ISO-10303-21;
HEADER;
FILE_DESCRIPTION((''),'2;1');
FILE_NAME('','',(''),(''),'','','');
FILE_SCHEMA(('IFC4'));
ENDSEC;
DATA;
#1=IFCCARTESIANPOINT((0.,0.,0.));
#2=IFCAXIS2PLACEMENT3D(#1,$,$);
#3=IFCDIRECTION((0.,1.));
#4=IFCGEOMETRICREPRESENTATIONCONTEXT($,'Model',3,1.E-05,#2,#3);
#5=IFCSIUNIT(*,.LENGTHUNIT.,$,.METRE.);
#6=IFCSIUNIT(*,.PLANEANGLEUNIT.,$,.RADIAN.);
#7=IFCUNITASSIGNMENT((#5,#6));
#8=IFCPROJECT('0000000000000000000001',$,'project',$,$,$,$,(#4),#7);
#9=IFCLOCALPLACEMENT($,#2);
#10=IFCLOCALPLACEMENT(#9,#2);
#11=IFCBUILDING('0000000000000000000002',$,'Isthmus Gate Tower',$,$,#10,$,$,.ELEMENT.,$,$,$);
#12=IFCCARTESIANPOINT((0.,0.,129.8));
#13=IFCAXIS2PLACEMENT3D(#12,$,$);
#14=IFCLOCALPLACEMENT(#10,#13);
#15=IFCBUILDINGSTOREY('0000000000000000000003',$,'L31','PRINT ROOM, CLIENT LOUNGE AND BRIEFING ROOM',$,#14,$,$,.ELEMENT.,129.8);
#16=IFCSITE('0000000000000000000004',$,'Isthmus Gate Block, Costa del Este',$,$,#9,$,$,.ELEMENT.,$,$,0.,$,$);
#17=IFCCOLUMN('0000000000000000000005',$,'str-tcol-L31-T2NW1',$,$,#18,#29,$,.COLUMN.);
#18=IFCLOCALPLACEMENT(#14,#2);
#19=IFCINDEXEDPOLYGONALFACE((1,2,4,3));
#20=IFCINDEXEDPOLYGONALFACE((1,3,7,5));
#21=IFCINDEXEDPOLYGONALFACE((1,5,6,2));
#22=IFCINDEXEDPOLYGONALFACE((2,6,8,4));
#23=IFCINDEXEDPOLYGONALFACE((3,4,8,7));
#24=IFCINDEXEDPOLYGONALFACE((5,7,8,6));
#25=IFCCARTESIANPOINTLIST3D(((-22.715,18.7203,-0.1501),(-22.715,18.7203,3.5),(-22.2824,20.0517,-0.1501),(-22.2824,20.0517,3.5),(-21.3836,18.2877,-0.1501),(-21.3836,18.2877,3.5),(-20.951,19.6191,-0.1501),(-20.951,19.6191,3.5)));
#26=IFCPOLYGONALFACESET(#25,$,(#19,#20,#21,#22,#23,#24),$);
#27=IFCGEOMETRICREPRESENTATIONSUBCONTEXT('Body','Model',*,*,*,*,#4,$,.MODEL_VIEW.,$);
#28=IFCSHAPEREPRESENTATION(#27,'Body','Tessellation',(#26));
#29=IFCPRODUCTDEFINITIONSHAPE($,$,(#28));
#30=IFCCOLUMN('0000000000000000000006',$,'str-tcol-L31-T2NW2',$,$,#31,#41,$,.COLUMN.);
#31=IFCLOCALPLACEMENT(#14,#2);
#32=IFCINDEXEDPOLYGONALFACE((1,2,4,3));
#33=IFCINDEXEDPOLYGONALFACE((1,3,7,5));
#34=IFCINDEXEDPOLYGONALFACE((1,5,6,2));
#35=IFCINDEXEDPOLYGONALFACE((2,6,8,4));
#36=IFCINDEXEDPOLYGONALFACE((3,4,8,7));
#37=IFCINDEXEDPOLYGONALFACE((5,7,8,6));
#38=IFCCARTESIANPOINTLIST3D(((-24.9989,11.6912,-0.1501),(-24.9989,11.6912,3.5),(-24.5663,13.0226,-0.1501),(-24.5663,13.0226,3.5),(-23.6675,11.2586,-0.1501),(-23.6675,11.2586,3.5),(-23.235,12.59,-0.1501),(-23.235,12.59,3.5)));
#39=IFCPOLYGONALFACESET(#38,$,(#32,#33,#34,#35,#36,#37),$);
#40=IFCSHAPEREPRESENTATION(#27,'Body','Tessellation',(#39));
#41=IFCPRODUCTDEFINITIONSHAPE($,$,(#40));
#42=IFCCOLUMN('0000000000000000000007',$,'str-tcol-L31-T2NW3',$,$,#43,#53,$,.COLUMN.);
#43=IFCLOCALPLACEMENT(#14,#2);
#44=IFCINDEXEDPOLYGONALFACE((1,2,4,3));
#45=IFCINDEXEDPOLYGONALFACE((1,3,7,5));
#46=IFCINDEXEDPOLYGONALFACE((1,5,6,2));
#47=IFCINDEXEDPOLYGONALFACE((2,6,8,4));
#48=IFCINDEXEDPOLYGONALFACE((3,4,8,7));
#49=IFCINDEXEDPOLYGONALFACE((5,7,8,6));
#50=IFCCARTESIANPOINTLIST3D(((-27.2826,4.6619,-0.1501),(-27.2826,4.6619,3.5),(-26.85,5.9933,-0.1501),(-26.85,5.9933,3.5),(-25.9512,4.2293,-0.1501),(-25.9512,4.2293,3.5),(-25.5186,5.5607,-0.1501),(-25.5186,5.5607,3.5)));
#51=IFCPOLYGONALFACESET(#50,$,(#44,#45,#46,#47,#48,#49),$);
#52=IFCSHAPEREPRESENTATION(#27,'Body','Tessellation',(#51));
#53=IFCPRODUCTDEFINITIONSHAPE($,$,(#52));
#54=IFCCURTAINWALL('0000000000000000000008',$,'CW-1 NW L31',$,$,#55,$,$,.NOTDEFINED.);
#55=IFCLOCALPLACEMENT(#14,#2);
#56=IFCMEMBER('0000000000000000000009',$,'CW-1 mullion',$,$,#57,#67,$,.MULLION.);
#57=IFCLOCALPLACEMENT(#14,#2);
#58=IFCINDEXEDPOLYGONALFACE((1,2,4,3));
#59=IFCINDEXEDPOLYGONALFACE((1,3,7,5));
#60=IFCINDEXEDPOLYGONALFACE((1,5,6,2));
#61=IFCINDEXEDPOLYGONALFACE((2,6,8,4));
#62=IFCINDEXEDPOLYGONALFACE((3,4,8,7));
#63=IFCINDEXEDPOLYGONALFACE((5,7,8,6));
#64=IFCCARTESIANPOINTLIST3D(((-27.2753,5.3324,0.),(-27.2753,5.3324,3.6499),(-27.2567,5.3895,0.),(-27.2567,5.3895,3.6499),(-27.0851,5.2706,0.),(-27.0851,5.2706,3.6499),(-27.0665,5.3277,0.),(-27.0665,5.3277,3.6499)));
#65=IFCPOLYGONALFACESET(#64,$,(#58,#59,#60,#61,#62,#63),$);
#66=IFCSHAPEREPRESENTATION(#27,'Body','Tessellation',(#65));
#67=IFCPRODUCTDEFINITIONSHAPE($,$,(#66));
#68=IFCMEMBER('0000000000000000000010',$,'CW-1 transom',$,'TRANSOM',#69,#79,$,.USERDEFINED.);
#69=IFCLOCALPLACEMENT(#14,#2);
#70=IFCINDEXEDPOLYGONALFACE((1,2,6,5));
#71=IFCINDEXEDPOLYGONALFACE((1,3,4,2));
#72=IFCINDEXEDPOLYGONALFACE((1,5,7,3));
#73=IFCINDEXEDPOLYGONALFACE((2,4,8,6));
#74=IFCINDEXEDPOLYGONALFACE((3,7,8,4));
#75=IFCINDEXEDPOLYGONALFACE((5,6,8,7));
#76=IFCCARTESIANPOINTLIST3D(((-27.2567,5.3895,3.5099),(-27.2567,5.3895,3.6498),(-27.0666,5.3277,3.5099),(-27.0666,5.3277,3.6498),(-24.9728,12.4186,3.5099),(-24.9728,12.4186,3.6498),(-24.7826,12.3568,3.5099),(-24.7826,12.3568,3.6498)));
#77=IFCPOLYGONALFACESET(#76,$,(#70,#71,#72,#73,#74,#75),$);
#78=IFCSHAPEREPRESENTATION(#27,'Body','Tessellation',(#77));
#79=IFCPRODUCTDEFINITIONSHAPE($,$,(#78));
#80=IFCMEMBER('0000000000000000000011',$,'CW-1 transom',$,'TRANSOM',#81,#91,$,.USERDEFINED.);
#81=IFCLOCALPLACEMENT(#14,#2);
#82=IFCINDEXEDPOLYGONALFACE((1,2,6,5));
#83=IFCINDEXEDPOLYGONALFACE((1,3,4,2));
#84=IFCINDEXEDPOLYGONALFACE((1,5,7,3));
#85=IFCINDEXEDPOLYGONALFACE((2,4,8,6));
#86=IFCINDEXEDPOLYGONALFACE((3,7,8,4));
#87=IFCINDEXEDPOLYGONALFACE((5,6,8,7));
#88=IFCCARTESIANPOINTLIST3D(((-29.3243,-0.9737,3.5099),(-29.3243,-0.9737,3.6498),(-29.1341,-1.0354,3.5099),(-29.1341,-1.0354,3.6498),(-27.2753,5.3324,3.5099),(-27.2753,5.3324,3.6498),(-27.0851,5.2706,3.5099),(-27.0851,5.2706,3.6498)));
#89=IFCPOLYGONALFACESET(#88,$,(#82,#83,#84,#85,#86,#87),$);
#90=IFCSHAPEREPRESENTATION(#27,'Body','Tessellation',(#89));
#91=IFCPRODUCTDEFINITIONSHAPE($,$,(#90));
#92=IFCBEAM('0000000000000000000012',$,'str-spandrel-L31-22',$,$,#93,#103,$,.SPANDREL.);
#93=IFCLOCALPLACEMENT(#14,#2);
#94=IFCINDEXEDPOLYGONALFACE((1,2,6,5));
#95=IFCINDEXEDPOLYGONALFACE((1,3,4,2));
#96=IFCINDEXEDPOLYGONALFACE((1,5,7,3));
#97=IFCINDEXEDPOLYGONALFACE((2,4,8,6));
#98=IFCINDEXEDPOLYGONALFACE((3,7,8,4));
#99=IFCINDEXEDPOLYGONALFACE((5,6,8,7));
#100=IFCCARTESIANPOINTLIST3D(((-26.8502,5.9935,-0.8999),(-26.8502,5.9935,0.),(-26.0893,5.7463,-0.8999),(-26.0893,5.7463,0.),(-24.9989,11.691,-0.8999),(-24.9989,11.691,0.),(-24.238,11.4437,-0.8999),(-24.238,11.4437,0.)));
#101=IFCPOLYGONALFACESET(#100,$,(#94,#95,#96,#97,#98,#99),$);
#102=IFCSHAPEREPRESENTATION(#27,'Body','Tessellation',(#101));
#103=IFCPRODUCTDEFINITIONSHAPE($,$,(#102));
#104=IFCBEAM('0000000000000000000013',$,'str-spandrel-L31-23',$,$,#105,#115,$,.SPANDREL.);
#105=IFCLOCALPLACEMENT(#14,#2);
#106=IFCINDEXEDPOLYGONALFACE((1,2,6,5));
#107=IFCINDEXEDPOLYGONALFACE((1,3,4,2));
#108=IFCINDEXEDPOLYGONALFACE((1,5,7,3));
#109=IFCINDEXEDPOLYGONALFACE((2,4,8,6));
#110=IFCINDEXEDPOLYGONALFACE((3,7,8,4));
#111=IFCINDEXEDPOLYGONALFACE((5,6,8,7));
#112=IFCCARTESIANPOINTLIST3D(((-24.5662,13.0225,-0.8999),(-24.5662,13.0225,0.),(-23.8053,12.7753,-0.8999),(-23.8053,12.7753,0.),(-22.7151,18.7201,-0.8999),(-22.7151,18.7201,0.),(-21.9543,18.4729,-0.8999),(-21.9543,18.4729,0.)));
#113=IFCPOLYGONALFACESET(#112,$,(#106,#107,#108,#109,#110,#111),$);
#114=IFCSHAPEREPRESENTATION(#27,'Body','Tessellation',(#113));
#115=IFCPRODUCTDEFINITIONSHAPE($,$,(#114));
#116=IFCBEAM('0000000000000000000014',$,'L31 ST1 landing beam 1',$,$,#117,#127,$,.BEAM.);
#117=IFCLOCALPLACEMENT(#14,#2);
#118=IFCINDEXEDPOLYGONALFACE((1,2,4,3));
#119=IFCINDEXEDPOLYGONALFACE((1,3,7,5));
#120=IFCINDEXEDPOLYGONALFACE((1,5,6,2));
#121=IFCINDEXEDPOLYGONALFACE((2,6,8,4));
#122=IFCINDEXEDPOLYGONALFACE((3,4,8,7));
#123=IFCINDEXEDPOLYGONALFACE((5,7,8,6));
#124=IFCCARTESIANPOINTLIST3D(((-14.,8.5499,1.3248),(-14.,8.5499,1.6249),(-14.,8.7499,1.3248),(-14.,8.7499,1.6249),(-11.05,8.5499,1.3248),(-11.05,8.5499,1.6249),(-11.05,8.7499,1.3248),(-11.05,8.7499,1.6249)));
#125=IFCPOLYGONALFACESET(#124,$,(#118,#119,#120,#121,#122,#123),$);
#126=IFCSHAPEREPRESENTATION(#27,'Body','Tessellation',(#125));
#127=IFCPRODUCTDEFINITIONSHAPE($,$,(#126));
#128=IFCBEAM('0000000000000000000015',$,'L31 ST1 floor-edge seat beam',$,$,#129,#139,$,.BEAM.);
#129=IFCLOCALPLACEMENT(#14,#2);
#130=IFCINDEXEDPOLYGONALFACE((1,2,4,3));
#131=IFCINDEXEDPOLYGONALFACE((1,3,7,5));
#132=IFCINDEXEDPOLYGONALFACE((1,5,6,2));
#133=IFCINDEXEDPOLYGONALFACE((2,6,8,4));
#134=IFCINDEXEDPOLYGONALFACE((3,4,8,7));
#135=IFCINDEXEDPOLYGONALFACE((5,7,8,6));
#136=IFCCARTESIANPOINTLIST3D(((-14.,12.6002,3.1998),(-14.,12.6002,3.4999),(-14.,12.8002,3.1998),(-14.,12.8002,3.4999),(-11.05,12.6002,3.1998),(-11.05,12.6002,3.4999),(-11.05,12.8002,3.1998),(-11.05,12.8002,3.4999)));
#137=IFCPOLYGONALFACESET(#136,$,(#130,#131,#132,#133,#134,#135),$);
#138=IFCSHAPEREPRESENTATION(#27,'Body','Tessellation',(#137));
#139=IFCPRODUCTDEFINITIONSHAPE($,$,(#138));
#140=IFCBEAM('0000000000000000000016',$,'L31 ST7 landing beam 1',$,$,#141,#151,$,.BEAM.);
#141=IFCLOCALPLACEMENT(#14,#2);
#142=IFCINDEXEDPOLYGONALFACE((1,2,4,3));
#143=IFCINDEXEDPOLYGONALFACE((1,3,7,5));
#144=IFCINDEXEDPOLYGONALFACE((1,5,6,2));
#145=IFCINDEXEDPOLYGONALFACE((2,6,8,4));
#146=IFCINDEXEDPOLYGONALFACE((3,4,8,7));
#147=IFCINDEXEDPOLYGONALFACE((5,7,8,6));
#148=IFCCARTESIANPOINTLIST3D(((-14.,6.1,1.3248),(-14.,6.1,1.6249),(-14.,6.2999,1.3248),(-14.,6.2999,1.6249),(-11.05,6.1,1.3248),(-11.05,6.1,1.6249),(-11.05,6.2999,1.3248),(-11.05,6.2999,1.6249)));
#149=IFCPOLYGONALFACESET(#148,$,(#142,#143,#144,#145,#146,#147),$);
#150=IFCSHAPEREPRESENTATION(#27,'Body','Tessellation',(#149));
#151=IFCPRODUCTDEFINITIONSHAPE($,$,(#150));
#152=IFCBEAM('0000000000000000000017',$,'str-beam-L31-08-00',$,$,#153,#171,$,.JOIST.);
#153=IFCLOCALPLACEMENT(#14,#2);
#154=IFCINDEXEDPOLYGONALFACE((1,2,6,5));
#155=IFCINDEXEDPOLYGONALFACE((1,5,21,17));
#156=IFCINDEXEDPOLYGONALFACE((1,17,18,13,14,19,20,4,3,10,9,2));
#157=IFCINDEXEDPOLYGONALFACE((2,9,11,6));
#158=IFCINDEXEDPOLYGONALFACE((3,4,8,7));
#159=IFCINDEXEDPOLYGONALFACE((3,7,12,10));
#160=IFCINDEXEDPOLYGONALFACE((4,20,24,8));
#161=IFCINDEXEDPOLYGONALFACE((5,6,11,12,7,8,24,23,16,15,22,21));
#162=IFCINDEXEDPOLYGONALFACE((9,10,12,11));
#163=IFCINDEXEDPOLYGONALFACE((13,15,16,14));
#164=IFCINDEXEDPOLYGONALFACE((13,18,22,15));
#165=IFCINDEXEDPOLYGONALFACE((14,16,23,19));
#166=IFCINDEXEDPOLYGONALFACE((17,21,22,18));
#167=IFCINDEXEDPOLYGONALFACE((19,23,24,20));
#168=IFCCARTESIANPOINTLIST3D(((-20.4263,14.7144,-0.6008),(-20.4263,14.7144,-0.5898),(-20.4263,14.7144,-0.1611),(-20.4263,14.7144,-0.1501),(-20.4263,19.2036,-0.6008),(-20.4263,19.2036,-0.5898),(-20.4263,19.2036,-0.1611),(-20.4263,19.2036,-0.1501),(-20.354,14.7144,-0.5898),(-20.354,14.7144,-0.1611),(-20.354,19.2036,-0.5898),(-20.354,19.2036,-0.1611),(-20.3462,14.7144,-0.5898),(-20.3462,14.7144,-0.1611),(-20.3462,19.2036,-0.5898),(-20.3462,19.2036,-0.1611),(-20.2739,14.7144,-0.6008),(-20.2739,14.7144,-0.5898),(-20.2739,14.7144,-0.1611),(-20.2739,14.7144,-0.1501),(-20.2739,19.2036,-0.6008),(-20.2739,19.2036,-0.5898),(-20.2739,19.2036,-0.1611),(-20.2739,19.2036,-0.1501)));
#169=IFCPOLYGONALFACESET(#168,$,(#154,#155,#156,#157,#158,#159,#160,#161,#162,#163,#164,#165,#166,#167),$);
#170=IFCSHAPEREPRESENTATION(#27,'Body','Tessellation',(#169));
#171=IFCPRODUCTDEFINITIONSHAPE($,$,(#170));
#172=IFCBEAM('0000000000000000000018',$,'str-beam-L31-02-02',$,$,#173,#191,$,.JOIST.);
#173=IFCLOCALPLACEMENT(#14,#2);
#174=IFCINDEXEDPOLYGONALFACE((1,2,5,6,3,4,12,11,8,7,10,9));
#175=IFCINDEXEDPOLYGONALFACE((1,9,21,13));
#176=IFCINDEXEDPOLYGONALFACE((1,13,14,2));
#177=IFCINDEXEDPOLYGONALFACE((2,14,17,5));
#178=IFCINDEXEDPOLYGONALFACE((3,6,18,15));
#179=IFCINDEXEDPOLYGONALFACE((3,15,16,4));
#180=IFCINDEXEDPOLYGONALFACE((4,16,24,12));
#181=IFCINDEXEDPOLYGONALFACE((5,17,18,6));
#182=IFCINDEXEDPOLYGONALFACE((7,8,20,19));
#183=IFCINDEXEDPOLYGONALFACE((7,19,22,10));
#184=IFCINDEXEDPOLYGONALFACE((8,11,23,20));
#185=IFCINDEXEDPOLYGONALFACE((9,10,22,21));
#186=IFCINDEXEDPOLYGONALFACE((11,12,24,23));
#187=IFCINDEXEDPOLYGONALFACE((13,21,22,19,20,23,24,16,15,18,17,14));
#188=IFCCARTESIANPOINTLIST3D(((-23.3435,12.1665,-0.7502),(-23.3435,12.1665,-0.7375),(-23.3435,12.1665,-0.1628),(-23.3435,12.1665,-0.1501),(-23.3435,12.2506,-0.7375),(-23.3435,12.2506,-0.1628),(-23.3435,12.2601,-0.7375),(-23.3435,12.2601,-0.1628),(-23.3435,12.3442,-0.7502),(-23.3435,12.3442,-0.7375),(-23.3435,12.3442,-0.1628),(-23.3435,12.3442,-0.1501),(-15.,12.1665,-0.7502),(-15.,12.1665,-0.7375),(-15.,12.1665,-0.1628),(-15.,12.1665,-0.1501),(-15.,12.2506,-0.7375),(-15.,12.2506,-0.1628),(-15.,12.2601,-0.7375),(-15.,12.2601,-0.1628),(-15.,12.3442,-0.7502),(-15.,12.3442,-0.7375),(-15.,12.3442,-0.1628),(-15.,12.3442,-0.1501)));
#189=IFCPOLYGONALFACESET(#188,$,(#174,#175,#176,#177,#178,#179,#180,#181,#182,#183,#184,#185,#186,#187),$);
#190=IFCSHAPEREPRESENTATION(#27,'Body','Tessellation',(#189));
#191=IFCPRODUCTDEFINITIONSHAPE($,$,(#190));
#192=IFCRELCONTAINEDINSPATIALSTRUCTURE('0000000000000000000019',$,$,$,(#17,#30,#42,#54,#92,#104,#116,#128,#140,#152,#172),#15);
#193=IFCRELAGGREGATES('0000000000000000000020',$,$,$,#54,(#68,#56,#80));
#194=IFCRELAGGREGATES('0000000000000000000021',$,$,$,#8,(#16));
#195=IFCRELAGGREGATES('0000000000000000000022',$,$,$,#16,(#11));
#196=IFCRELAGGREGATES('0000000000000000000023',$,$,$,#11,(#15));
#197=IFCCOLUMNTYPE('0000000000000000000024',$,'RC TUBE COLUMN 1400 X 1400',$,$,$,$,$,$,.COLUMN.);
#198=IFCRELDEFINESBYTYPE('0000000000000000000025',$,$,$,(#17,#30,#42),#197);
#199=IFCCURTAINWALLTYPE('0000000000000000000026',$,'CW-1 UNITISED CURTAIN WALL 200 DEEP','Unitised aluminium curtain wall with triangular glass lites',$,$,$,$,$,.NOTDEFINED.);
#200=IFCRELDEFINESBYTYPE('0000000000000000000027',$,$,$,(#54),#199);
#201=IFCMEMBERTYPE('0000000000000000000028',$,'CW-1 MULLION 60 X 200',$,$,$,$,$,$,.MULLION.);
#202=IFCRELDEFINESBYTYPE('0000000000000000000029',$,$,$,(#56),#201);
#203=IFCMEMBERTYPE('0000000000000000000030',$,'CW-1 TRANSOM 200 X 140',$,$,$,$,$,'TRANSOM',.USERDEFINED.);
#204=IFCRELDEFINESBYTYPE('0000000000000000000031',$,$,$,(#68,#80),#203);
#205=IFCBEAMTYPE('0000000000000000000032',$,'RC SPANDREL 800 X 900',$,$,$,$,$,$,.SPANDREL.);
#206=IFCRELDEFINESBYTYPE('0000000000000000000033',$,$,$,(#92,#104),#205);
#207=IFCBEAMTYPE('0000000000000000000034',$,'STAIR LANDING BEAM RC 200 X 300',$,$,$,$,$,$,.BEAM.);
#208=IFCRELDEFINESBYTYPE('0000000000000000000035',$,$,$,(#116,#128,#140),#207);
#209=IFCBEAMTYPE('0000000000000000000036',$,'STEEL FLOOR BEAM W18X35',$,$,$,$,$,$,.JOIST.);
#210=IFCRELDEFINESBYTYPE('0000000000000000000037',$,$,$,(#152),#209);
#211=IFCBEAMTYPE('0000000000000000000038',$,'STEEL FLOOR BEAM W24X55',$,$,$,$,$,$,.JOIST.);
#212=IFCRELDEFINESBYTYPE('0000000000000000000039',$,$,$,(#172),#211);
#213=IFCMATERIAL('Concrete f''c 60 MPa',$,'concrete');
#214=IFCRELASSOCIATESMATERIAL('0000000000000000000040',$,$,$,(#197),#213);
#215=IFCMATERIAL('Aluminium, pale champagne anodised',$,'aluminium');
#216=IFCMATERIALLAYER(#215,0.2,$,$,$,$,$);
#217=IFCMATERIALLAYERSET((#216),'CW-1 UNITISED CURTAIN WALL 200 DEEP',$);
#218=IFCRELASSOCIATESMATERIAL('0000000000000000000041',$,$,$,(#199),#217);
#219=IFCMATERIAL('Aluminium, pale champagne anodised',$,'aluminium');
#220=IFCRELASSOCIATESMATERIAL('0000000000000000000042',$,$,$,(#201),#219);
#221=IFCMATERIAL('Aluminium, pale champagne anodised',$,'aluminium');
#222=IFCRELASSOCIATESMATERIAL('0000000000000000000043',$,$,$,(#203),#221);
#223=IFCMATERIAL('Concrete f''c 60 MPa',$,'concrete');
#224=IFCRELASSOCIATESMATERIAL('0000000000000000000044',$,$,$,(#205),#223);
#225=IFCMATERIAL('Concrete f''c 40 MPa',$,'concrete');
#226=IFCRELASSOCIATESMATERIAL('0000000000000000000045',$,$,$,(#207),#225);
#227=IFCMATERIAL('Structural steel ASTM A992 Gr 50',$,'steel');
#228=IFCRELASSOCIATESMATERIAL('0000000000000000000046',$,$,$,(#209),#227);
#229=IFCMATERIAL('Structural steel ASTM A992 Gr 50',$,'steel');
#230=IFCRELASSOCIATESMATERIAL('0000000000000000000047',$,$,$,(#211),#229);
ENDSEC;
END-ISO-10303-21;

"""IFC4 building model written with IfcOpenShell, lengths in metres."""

from ifc_helpers import new_model, si_unit, direction, frame, origin, origin_2d, place, context, subcontext, project, spatial, rectangle, i_section, extrude, material, layer, layer_set, material_profile, profile_set, type_object, element, aggregate, save


model = new_model("IFC4")

# Units and contexts
model_context = context("Model", 3, precision=1e-05, world=origin(), true_north=direction((0.0, 1.0)))
body_context = subcontext(model_context, "Body", "Model", "MODEL_VIEW")
ifc_project = project(units=[si_unit("LENGTHUNIT", "METRE"), si_unit("PLANEANGLEUNIT", "RADIAN")], contexts=[model_context])

# Site, building, storey
site_placement = place(None, origin())
site = spatial("IfcSite", under=ifc_project, at=site_placement, Name="Isthmus Gate Block, Costa del Este", CompositionType="ELEMENT", RefElevation=0.0)
building_placement = place(site_placement, origin())
building = spatial("IfcBuilding", under=site, at=building_placement, Name="Isthmus Gate Tower", CompositionType="ELEMENT")
storey_placement = place(building_placement, frame((0.0, 0.0, 129.8)))
storey = spatial("IfcBuildingStorey", under=building, at=storey_placement, Name="L31", Description="PRINT ROOM, CLIENT LOUNGE AND BRIEFING ROOM", CompositionType="ELEMENT", Elevation=129.8)

# Columns
ifc_material_1 = material(Name="Concrete f'c 60 MPa", Category="concrete")
ifc_material_profile_1 = material_profile(ifc_material_1, rectangle(XDim=1.3999, YDim=1.3999, at=origin_2d()), Name="RC 1400X1400")
ifc_profile_set_1 = profile_set([ifc_material_profile_1], Name="Concrete f'c 60 MPa")
column_type = type_object("IfcColumnType", Name="RC TUBE COLUMN 1400 X 1400", PredefinedType="COLUMN", material=ifc_profile_set_1)
for number, where, z_axis, x_axis, name in (
    (1, (-21.833, 19.1697, -0.1501), (0.0, 0.0, 1.0), (-0.309017, -0.951057, 0.0), "str-tcol-L31-T2NW1"),
    (2, (-24.1169, 12.1406, -0.1501), (0.0, 0.0, 1.0), (-0.309017, -0.951057, 0.0), "str-tcol-L31-T2NW2"),
    (3, (-26.4006, 5.1113, -0.1501), (0.0, 0.0, 1.0), (-0.309017, -0.951057, 0.0), "str-tcol-L31-T2NW3"),
):
    element("IfcColumn", number, at=place(storey_placement, frame(where, z_axis=z_axis, x_axis=x_axis)), inside=storey, type_object=column_type, Name=name, PredefinedType="COLUMN", context=body_context, shape_type="SweptSolid", body=[
        extrude(rectangle(XDim=1.3999, YDim=1.3999, at=origin_2d()), origin(), (0.0, 0.0, 1.0), 3.6501),
    ])

# Curtain wall, members
ifc_material_2 = material(Name="Aluminium, pale champagne anodised", Category="aluminium")
ifc_layer_1 = layer(ifc_material_2, 0.2)
ifc_layer_set_1 = layer_set([ifc_layer_1], Name="CW-1 UNITISED CURTAIN WALL 200 DEEP")
curtain_wall_type = type_object("IfcCurtainWallType", Name="CW-1 UNITISED CURTAIN WALL 200 DEEP", Description="Unitised aluminium curtain wall with triangular glass lites", PredefinedType="NOTDEFINED", material=ifc_layer_set_1)
curtain_wall_placement = place(storey_placement, origin())
curtain_wall = element("IfcCurtainWall", 4, at=curtain_wall_placement, inside=storey, type_object=curtain_wall_type, Name="CW-1 NW L31", PredefinedType="NOTDEFINED")
ifc_material_3 = material(Name="Aluminium, pale champagne anodised", Category="aluminium")
ifc_material_profile_2 = material_profile(ifc_material_3, rectangle(XDim=0.0601, YDim=0.2, at=origin_2d()), Name="60x200")
ifc_profile_set_2 = profile_set([ifc_material_profile_2], Name="Aluminium, pale champagne anodised")
member_type_1 = type_object("IfcMemberType", Name="CW-1 MULLION 60 X 200", PredefinedType="MULLION", material=ifc_profile_set_2)
member_1_placement = place(storey_placement, frame((-27.1709, 5.3301, 0.0), z_axis=(0.0, 0.0, 1.0), x_axis=(-0.309017, -0.951057, 0.0)))
member_1 = element("IfcMember", 5, at=member_1_placement, type_object=member_type_1, Name="CW-1 mullion", PredefinedType="MULLION", context=body_context, shape_type="SweptSolid", body=[
    extrude(rectangle(XDim=0.0601, YDim=0.2, at=origin_2d()), origin(), (0.0, 0.0, 1.0), 3.6499),
])
ifc_material_4 = material(Name="Aluminium, pale champagne anodised", Category="aluminium")
ifc_material_profile_3 = material_profile(ifc_material_4, rectangle(XDim=0.2, YDim=0.1399, at=origin_2d()), Name="200x140")
ifc_profile_set_3 = profile_set([ifc_material_profile_3], Name="Aluminium, pale champagne anodised")
member_type_2 = type_object("IfcMemberType", Name="CW-1 TRANSOM 200 X 140", ElementType="TRANSOM", PredefinedType="USERDEFINED", material=ifc_profile_set_3)
member_2_placement = place(storey_placement, frame((-24.8777, 12.3877, 3.5798), z_axis=(-0.309024, -0.951054, 0.0), x_axis=(0.951054, -0.309024, 0.0)))
member_2 = element("IfcMember", 6, at=member_2_placement, type_object=member_type_2, Name="CW-1 transom", ObjectType="TRANSOM", PredefinedType="USERDEFINED", context=body_context, shape_type="SweptSolid", body=[
    extrude(rectangle(XDim=0.2, YDim=0.1399, at=origin_2d()), origin(), (0.0, 0.0, 1.0), 7.3909),
])
member_3_placement = place(storey_placement, frame((-27.1802, 5.3015, 3.5798), z_axis=(-0.309028, -0.951053, 0.0), x_axis=(0.951053, -0.309028, 0.0)))
member_3 = element("IfcMember", 7, at=member_3_placement, type_object=member_type_2, Name="CW-1 transom", ObjectType="TRANSOM", PredefinedType="USERDEFINED", context=body_context, shape_type="SweptSolid", body=[
    extrude(rectangle(XDim=0.2, YDim=0.1399, at=origin_2d()), origin(), (0.0, 0.0, 1.0), 6.6306),
])

# Beams
ifc_material_5 = material(Name="Concrete f'c 60 MPa", Category="concrete")
ifc_material_profile_4 = material_profile(ifc_material_5, rectangle(XDim=0.8, YDim=0.8999, at=origin_2d()), Name="RC 800X900")
ifc_profile_set_4 = profile_set([ifc_material_profile_4], Name="Concrete f'c 60 MPa")
beam_type_1 = type_object("IfcBeamType", Name="RC SPANDREL 800 X 900", PredefinedType="SPANDREL", material=ifc_profile_set_4)
for number, where, z_axis, x_axis, name in (
    (8, (-26.4697, 5.8699, -0.45), (0.30903, 0.951052, 0.0), (-0.951052, 0.30903, 0.0), "str-spandrel-L31-22"),
    (9, (-24.1858, 12.8989, -0.45), (0.308993, 0.951064, 0.0), (-0.951064, 0.308993, 0.0), "str-spandrel-L31-23"),
):
    element("IfcBeam", number, at=place(storey_placement, frame(where, z_axis=z_axis, x_axis=x_axis)), inside=storey, type_object=beam_type_1, Name=name, PredefinedType="SPANDREL", context=body_context, shape_type="SweptSolid", body=[
        extrude(rectangle(XDim=0.8, YDim=0.8999, at=origin_2d()), origin(), (0.0, 0.0, 1.0), 5.9907),
    ])
ifc_material_6 = material(Name="Concrete f'c 40 MPa", Category="concrete")
ifc_material_profile_5 = material_profile(ifc_material_6, rectangle(XDim=0.2, YDim=0.3, at=origin_2d()), Name="STAIR LANDING BEAM RC 200 X 300")
ifc_profile_set_5 = profile_set([ifc_material_profile_5], Name="Concrete f'c 40 MPa")
beam_type_2 = type_object("IfcBeamType", Name="STAIR LANDING BEAM RC 200 X 300", PredefinedType="BEAM", material=ifc_profile_set_5)
for number, where, z_axis, x_axis, name in (
    (10, (-14.0, 8.6499, 1.4749), (1.0, 0.0, 0.0), (0.0, 1.0, 0.0), "L31 ST1 landing beam 1"),
    (11, (-14.0, 12.7002, 3.3499), (1.0, 0.0, 0.0), (0.0, 1.0, 0.0), "L31 ST1 floor-edge seat beam"),
    (12, (-14.0, 6.2, 1.4749), (1.0, 0.0, 0.0), (0.0, 1.0, 0.0), "L31 ST7 landing beam 1"),
):
    element("IfcBeam", number, at=place(storey_placement, frame(where, z_axis=z_axis, x_axis=x_axis)), inside=storey, type_object=beam_type_2, Name=name, PredefinedType="BEAM", context=body_context, shape_type="SweptSolid", body=[
        extrude(rectangle(XDim=0.2, YDim=0.3, at=origin_2d()), origin(), (0.0, 0.0, 1.0), 2.95),
    ])
ifc_material_7 = material(Name="Structural steel ASTM A992 Gr 50", Category="steel")
ifc_material_profile_6 = material_profile(ifc_material_7, i_section(OverallWidth=0.1523, OverallDepth=0.4507, WebThickness=0.0078, FlangeThickness=0.011, at=origin_2d()), Name="W18X35")
ifc_profile_set_6 = profile_set([ifc_material_profile_6], Name="Structural steel ASTM A992 Gr 50")
beam_type_3 = type_object("IfcBeamType", Name="STEEL FLOOR BEAM W18X35", PredefinedType="JOIST", material=ifc_profile_set_6)
beam_1_placement = place(storey_placement, frame((-20.3501, 14.7144, -0.3755), z_axis=(0.0, 1.0, 0.0), x_axis=(-1.0, 0.0, 0.0)))
element("IfcBeam", 13, at=beam_1_placement, inside=storey, type_object=beam_type_3, Name="str-beam-L31-08-00", PredefinedType="JOIST", context=body_context, shape_type="SweptSolid", body=[
    extrude(i_section(OverallWidth=0.1523, OverallDepth=0.4507, WebThickness=0.0078, FlangeThickness=0.011, at=origin_2d()), origin(), (0.0, 0.0, 1.0), 4.4893),
])
ifc_material_8 = material(Name="Structural steel ASTM A992 Gr 50", Category="steel")
ifc_material_profile_7 = material_profile(ifc_material_8, i_section(OverallWidth=0.1777, OverallDepth=0.6001, WebThickness=0.0095, FlangeThickness=0.0127, at=origin_2d()), Name="W24X55")
ifc_profile_set_7 = profile_set([ifc_material_profile_7], Name="Structural steel ASTM A992 Gr 50")
beam_type_4 = type_object("IfcBeamType", Name="STEEL FLOOR BEAM W24X55", PredefinedType="JOIST", material=ifc_profile_set_7)
beam_2_placement = place(storey_placement, frame((-23.3435, 12.2554, -0.4502), z_axis=(1.0, 0.0, 0.0), x_axis=(0.0, 1.0, 0.0)))
element("IfcBeam", 14, at=beam_2_placement, inside=storey, type_object=beam_type_4, Name="str-beam-L31-02-02", PredefinedType="JOIST", context=body_context, shape_type="SweptSolid", body=[
    extrude(i_section(OverallWidth=0.1777, OverallDepth=0.6001, WebThickness=0.0095, FlangeThickness=0.0127, at=origin_2d()), origin(), (0.0, 0.0, 1.0), 8.3435),
])

aggregate(curtain_wall, [member_2, member_1, member_3])

save(model, "model.ifc")
